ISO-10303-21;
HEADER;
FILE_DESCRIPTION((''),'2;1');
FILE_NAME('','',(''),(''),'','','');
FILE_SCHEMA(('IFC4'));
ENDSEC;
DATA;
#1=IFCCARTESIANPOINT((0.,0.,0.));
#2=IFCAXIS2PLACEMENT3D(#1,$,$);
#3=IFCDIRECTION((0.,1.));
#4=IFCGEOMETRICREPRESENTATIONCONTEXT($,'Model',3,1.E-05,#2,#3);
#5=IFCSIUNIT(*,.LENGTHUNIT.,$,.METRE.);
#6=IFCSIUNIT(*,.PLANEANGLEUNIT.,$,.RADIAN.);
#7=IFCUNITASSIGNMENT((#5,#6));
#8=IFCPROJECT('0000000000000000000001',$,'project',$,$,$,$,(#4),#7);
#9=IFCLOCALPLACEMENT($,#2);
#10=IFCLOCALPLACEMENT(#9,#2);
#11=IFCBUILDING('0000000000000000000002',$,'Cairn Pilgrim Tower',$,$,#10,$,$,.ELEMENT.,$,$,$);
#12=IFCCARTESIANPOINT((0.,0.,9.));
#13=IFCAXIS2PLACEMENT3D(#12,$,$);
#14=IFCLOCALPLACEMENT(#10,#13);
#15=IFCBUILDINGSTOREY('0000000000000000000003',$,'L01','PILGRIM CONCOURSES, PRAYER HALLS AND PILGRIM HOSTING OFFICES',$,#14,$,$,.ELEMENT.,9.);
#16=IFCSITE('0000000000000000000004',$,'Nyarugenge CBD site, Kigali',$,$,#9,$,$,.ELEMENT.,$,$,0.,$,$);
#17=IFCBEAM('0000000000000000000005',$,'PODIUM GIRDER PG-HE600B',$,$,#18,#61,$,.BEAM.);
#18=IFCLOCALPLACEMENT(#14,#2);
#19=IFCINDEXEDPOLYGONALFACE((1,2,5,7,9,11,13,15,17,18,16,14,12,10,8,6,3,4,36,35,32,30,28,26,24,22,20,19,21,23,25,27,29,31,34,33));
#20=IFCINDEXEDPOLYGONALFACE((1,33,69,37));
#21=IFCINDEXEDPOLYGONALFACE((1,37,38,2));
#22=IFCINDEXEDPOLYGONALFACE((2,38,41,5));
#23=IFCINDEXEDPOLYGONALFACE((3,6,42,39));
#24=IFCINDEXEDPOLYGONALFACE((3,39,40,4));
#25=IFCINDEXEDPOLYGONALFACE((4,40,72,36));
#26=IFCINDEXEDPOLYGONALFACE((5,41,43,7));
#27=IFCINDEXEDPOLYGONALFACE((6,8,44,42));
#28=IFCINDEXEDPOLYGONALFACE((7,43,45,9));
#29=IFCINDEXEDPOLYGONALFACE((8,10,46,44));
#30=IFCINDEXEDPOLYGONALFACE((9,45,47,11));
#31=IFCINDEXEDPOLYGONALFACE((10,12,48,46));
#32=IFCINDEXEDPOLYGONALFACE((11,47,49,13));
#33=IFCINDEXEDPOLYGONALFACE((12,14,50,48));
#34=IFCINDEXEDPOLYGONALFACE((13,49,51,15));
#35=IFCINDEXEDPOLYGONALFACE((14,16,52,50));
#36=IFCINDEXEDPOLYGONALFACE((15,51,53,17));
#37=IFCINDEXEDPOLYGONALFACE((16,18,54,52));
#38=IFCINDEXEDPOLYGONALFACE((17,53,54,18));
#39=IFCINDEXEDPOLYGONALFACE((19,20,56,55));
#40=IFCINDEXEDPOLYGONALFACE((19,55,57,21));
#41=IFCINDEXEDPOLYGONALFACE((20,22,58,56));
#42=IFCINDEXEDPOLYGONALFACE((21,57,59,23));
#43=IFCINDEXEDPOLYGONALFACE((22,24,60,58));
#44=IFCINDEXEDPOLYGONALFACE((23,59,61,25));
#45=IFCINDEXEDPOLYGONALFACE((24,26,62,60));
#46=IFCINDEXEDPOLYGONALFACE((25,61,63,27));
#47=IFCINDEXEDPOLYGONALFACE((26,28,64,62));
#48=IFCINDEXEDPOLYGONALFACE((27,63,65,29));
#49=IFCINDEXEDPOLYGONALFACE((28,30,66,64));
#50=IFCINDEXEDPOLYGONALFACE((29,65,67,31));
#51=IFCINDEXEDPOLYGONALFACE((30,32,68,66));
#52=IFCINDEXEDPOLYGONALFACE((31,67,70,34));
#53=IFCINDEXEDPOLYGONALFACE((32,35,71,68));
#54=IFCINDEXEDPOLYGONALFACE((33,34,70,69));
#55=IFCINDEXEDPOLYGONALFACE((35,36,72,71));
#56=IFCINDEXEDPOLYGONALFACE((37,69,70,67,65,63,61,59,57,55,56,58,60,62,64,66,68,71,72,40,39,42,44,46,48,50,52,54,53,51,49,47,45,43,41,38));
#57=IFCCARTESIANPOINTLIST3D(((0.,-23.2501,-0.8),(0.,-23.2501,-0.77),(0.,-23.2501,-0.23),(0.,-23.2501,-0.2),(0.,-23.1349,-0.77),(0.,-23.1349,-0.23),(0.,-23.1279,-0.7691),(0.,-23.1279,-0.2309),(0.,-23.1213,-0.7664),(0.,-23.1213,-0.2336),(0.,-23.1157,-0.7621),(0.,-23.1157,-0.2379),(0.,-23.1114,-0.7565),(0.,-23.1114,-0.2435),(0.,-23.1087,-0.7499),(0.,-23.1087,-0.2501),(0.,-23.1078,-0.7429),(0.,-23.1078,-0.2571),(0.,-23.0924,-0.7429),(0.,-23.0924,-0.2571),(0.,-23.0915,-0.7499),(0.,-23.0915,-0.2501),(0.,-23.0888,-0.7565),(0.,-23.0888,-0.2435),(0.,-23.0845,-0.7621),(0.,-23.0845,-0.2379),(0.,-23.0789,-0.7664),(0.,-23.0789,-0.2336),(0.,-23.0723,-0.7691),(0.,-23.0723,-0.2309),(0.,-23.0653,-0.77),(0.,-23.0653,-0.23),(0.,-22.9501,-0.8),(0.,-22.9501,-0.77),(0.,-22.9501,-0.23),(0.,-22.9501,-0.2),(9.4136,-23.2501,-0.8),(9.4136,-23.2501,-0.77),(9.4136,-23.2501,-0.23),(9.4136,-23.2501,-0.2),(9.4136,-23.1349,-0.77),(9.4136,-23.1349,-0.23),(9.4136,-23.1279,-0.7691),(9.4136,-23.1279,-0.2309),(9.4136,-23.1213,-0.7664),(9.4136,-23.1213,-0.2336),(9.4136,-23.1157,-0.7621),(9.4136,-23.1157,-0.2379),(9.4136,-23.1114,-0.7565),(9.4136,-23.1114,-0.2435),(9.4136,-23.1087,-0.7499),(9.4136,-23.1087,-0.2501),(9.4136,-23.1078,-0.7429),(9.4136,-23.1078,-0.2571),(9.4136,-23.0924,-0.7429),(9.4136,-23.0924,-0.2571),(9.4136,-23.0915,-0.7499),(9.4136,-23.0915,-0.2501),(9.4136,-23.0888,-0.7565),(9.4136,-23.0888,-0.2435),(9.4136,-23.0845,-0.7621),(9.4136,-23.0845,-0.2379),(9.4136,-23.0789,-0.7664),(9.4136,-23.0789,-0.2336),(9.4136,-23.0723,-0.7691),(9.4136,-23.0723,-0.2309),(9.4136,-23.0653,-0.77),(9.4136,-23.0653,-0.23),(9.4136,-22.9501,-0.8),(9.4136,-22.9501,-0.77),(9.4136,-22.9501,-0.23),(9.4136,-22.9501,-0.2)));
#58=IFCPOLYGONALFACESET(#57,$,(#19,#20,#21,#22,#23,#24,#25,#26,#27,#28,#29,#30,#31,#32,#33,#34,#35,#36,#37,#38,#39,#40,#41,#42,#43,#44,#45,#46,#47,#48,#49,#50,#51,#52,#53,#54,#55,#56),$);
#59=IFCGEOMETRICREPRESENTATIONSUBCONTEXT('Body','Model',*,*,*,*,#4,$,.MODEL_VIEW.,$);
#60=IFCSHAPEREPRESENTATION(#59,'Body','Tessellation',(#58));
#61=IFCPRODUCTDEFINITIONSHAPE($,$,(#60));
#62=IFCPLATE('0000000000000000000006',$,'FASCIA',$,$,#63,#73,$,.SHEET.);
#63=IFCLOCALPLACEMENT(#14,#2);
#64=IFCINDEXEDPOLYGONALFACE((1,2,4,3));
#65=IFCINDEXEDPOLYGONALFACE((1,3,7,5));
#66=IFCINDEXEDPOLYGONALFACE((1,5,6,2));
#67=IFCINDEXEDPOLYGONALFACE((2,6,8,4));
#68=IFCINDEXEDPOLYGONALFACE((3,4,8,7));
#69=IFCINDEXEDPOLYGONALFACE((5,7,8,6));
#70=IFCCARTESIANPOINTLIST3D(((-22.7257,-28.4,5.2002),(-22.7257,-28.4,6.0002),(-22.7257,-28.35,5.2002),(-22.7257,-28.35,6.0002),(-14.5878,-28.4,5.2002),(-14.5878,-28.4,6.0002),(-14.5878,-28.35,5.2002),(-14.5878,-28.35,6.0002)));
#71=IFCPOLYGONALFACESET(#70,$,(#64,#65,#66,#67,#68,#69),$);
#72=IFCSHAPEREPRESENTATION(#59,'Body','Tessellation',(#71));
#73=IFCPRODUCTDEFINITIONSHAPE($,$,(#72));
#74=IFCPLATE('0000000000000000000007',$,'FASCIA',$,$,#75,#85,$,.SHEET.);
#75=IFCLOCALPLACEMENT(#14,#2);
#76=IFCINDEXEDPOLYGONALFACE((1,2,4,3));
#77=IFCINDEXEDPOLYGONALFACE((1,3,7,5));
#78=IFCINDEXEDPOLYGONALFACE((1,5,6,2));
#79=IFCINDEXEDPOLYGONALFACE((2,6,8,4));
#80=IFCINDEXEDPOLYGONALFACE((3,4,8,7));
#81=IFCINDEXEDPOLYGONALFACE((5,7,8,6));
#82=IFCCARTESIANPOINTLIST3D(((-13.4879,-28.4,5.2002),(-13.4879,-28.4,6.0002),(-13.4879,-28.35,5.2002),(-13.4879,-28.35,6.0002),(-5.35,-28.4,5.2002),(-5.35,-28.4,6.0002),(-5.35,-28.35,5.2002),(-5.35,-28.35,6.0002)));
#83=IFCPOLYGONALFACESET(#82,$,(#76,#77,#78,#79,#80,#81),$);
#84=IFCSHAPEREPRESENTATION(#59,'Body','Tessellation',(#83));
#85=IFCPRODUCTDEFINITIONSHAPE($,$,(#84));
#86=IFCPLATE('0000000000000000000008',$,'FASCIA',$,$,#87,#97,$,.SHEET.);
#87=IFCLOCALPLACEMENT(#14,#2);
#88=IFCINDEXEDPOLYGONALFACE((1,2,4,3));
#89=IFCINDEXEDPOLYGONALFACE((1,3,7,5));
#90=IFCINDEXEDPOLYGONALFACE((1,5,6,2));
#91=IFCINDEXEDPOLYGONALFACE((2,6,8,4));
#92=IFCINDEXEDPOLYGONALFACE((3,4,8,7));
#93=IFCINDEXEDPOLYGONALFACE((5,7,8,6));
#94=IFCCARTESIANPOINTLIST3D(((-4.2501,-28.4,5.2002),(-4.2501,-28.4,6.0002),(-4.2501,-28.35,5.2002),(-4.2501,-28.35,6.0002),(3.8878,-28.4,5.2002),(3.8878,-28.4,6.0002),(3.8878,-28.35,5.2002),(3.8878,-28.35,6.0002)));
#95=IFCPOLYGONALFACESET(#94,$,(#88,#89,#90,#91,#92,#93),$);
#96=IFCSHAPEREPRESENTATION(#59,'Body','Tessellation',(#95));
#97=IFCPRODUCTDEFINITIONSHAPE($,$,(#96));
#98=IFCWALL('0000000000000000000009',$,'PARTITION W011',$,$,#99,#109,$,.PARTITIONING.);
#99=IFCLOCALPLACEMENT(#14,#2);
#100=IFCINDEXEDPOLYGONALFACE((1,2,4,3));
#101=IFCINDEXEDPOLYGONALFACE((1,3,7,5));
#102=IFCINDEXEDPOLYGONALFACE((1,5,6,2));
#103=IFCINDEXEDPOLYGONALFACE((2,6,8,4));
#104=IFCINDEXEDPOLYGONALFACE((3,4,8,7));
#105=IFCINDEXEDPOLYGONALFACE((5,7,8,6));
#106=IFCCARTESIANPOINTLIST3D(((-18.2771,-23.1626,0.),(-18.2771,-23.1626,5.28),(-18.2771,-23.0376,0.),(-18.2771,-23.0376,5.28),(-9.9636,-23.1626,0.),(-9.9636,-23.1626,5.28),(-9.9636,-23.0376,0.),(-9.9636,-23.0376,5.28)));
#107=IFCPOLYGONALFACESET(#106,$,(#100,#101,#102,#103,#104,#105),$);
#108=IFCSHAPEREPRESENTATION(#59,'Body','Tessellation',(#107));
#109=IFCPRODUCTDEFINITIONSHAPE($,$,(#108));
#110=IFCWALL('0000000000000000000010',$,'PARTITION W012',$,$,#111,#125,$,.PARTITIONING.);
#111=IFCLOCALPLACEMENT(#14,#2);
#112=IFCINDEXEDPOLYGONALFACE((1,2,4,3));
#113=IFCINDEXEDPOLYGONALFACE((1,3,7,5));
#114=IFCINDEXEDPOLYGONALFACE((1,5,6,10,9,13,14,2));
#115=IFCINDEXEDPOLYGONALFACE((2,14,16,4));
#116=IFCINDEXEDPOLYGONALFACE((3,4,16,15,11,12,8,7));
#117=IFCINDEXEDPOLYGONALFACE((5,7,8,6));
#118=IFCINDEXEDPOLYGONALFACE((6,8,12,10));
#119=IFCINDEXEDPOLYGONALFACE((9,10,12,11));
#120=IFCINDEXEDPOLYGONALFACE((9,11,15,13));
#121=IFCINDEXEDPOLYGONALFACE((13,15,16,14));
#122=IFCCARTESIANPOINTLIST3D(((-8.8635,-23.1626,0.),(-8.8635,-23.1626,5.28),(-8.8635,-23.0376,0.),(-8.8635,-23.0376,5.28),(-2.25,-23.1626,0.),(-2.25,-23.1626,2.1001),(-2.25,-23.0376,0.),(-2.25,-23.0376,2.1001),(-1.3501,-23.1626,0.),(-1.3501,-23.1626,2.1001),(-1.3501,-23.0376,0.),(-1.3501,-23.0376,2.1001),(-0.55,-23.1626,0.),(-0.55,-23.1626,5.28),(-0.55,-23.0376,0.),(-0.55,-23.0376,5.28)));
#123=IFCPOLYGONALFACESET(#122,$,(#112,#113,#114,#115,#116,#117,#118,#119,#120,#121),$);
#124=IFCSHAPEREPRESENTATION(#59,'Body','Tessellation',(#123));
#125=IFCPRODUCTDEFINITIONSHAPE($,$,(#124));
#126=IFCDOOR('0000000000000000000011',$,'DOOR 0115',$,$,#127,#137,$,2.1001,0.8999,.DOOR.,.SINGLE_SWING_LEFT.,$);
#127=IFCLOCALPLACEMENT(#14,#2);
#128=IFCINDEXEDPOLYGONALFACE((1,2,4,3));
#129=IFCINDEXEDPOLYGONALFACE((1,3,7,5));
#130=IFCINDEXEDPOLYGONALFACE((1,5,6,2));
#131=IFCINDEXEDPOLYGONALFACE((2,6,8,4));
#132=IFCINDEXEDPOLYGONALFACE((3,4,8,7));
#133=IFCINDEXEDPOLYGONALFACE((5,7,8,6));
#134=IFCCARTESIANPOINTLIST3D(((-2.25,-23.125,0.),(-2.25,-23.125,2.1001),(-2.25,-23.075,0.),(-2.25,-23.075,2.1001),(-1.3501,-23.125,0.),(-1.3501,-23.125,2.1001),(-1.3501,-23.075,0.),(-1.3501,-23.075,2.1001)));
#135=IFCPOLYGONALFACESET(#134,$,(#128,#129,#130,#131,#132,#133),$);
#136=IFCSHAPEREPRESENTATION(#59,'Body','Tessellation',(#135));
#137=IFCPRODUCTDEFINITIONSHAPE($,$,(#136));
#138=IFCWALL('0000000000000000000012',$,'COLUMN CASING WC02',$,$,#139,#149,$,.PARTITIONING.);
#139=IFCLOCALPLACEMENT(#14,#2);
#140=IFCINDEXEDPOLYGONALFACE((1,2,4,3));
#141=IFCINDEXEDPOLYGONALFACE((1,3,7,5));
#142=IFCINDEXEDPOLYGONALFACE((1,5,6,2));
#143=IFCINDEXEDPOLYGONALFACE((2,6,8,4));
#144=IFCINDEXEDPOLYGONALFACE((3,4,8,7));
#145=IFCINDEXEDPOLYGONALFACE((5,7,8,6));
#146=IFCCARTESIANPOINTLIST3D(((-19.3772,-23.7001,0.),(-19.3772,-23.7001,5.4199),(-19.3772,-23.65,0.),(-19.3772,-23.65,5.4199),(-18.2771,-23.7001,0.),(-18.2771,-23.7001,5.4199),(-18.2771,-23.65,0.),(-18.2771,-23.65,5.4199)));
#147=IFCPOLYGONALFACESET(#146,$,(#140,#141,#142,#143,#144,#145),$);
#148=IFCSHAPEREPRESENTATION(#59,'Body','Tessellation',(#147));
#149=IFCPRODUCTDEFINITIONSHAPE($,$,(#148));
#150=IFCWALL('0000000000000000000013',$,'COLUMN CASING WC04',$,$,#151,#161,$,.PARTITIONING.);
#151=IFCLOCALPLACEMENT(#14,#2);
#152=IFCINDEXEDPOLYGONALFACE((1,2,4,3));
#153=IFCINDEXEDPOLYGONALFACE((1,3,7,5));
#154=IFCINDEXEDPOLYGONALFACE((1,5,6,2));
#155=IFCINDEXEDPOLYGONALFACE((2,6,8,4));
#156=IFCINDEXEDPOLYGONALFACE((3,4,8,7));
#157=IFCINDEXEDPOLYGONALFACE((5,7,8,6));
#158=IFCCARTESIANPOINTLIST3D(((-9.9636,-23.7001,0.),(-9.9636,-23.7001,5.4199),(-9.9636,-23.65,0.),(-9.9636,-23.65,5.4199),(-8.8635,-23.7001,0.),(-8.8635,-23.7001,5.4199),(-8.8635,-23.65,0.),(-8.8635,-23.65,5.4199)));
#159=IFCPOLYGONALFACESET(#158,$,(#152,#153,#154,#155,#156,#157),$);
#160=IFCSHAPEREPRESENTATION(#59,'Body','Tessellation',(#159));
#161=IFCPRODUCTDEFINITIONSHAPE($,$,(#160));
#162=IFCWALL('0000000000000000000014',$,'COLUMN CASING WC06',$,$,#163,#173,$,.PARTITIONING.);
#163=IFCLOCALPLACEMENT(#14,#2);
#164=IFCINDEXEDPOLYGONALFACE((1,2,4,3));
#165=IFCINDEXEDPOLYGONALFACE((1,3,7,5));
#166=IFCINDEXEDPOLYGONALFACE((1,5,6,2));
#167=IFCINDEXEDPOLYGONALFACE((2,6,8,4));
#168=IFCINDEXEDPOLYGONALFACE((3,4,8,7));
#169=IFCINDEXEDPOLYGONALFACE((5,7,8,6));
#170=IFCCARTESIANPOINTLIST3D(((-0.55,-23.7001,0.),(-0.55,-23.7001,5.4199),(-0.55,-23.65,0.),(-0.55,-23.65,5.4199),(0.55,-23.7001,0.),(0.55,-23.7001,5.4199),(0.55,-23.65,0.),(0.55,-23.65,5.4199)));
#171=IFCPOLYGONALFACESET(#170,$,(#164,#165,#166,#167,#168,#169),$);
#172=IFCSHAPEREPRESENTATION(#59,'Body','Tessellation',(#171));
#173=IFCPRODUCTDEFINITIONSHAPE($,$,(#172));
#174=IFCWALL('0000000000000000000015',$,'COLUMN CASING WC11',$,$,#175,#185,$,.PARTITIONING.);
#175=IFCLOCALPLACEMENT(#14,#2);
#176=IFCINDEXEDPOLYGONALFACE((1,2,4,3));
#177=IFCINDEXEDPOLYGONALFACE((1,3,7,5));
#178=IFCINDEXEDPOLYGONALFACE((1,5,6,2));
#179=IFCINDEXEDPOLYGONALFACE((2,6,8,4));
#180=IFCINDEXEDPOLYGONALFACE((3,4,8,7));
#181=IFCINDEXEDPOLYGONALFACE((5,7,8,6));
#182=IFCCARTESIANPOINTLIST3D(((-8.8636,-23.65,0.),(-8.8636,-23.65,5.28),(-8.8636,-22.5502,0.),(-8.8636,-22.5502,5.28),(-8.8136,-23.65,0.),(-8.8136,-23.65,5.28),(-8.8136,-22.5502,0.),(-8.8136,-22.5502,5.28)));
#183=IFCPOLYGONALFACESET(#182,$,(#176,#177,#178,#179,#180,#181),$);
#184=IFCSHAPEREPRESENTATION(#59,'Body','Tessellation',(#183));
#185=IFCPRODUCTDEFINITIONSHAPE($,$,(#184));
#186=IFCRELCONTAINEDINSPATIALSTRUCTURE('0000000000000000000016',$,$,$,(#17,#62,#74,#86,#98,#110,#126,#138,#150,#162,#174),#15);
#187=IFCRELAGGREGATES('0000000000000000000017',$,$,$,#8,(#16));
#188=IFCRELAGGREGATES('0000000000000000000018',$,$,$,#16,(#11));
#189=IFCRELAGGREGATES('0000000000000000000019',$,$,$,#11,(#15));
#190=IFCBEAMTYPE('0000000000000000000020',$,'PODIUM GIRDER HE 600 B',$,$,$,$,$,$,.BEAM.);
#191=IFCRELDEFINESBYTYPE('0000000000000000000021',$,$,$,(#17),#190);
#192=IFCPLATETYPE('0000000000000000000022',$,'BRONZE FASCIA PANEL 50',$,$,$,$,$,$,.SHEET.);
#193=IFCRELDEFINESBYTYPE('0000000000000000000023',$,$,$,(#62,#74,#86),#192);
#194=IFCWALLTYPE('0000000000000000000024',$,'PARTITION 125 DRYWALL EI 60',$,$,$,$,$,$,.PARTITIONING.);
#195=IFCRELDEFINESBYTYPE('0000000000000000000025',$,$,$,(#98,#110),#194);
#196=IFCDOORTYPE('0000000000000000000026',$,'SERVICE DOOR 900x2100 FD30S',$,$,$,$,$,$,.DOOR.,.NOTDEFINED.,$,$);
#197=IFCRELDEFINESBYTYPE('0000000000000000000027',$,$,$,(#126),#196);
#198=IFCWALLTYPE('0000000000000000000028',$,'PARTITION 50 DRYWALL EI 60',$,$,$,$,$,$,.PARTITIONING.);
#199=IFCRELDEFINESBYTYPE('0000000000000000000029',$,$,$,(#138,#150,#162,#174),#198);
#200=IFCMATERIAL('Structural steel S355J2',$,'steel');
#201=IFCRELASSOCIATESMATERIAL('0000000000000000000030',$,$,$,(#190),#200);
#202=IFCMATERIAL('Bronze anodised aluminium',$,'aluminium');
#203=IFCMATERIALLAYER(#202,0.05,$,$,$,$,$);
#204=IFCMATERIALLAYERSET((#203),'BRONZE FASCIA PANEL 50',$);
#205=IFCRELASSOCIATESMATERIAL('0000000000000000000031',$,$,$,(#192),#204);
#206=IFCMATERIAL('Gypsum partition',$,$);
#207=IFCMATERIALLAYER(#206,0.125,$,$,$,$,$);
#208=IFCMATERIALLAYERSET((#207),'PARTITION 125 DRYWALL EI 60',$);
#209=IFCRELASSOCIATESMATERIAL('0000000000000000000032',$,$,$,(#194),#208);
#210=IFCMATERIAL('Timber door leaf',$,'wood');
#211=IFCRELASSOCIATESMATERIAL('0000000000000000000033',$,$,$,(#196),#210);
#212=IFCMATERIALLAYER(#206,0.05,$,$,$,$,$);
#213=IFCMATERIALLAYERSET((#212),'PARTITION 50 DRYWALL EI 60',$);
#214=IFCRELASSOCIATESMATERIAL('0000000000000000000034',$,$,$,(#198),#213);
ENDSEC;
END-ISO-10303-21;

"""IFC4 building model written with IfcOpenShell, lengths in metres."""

from ifc_helpers import new_model, si_unit, direction, frame, frame_2d, origin, origin_2d, place, context, subcontext, project, spatial, rectangle, i_section, extrude, material, layer, layer_set, material_profile, profile_set, type_object, element, fill, save


model = new_model("IFC4")

# Units and contexts
model_context = context("Model", 3, precision=1e-05, world=origin(), true_north=direction((0.0, 1.0)))
body_context = subcontext(model_context, "Body", "Model", "MODEL_VIEW")
ifc_project = project(units=[si_unit("LENGTHUNIT", "METRE"), si_unit("PLANEANGLEUNIT", "RADIAN")], contexts=[model_context])

# Site, building, storey
site_placement = place(None, origin())
site = spatial("IfcSite", under=ifc_project, at=site_placement, Name="Nyarugenge CBD site, Kigali", CompositionType="ELEMENT", RefElevation=0.0)
building_placement = place(site_placement, origin())
building = spatial("IfcBuilding", under=site, at=building_placement, Name="Cairn Pilgrim Tower", CompositionType="ELEMENT")
storey_placement = place(building_placement, frame((0.0, 0.0, 9.0)))
storey = spatial("IfcBuildingStorey", under=building, at=storey_placement, Name="L01", Description="PILGRIM CONCOURSES, PRAYER HALLS AND PILGRIM HOSTING OFFICES", CompositionType="ELEMENT", Elevation=9.0)

# Beam
ifc_material_1 = material(Name="Structural steel S355J2", Category="steel")
ifc_material_profile_1 = material_profile(ifc_material_1, i_section(OverallWidth=0.3, OverallDepth=0.6001, WebThickness=0.0154, FlangeThickness=0.03, FilletRadius=0.0271, at=origin_2d()), Name="HEB 600")
ifc_profile_set_1 = profile_set([ifc_material_profile_1], Name="Structural steel S355J2")
beam_type_1 = type_object("IfcBeamType", Name="PODIUM GIRDER HE 600 B", PredefinedType="BEAM", material=ifc_profile_set_1)
for number, where, z_axis, x_axis, name in (
    (1, (0.0, -23.1001, -0.5), (1.0, 0.0, 0.0), (0.0, 1.0, 0.0), "PODIUM GIRDER PG-HE600B"),
):
    element("IfcBeam", number, at=place(storey_placement, frame(where, z_axis=z_axis, x_axis=x_axis)), inside=storey, type_object=beam_type_1, Name=name, PredefinedType="BEAM", context=body_context, shape_type="SweptSolid", body=[
        extrude(i_section(OverallWidth=0.3, OverallDepth=0.6001, WebThickness=0.0154, FlangeThickness=0.03, FilletRadius=0.0271, at=origin_2d()), origin(), (0.0, 0.0, 1.0), 9.4136),
    ])

# Plates
ifc_material_2 = material(Name="Bronze anodised aluminium", Category="aluminium")
ifc_layer_1 = layer(ifc_material_2, 0.05)
ifc_layer_set_1 = layer_set([ifc_layer_1], Name="BRONZE FASCIA PANEL 50")
plate_type = type_object("IfcPlateType", Name="BRONZE FASCIA PANEL 50", PredefinedType="SHEET", material=ifc_layer_set_1)
for number, where, z_axis, x_axis, name in (
    (2, (-18.6567, -28.375, 5.2002), (0.0, 0.0, 1.0), (1.0, 0.0, 0.0), "FASCIA"),
    (3, (-9.4189, -28.375, 5.2002), (0.0, 0.0, 1.0), (1.0, 0.0, 0.0), "FASCIA"),
    (4, (-0.1812, -28.375, 5.2002), (0.0, 0.0, 1.0), (1.0, 0.0, 0.0), "FASCIA"),
):
    element("IfcPlate", number, at=place(storey_placement, frame(where, z_axis=z_axis, x_axis=x_axis)), inside=storey, type_object=plate_type, Name=name, PredefinedType="SHEET", context=body_context, shape_type="SweptSolid", body=[
        extrude(rectangle(XDim=8.1379, YDim=0.05, at=origin_2d()), origin(), (0.0, 0.0, 1.0), 0.8),
    ])

# Wall
ifc_material_3 = material(Name="Gypsum partition")
ifc_layer_2 = layer(ifc_material_3, 0.125)
ifc_layer_set_2 = layer_set([ifc_layer_2], Name="PARTITION 125 DRYWALL EI 60")
wall_type_1 = type_object("IfcWallType", Name="PARTITION 125 DRYWALL EI 60", PredefinedType="PARTITIONING", material=ifc_layer_set_2)
wall_1_placement = place(storey_placement, frame((-18.2771, -23.1001, 0.0), z_axis=(0.0, 0.0, 1.0), x_axis=(1.0, 0.0, 0.0)))
element("IfcWall", 5, at=wall_1_placement, inside=storey, type_object=wall_type_1, Name="PARTITION W011", PredefinedType="PARTITIONING", context=body_context, shape_type="SweptSolid", body=[
    extrude(rectangle(XDim=8.3135, YDim=0.125, at=frame_2d((4.1567, 0.0))), origin(), (0.0, 0.0, 1.0), 5.28),
])

# Wall, opening, door
wall_2_placement = place(storey_placement, frame((-8.8635, -23.1001, 0.0), z_axis=(0.0, 0.0, 1.0), x_axis=(1.0, 0.0, 0.0)))
wall_2 = element("IfcWall", 6, at=wall_2_placement, inside=storey, type_object=wall_type_1, Name="PARTITION W012", PredefinedType="PARTITIONING", context=body_context, shape_type="SweptSolid", body=[
    extrude(rectangle(XDim=8.3135, YDim=0.125, at=frame_2d((4.1567, 0.0))), origin(), (0.0, 0.0, 1.0), 5.28),
])
opening_1_placement = place(wall_2_placement, frame((6.6135, 0.0, 0.0)))
opening_1 = element("IfcOpeningElement", 7, at=opening_1_placement, cuts=wall_2, PredefinedType="OPENING", context=body_context, shape_type="SweptSolid", body=[
    extrude(rectangle(XDim=0.8999, YDim=2.1001, at=frame_2d((0.45, 1.05))), frame((0.0, 0.0725, 0.0), z_axis=(0.0, -1.0, 0.0), x_axis=(1.0, 0.0, 0.0)), (0.0, 0.0, 1.0), 0.145),
])
ifc_material_4 = material(Name="Timber door leaf", Category="wood")
door_type = type_object("IfcDoorType", Name="SERVICE DOOR 900x2100 FD30S", OperationType="NOTDEFINED", PredefinedType="DOOR", material=ifc_material_4)
door_placement = place(opening_1_placement, frame((0.8999, 0.0, 0.0), z_axis=(0.0, 0.0, 1.0), x_axis=(-1.0, 0.0, 0.0)))
door = element("IfcDoor", 8, at=door_placement, inside=storey, type_object=door_type, Name="DOOR 0115", OperationType="SINGLE_SWING_LEFT", OverallHeight=2.1001, OverallWidth=0.8999, PredefinedType="DOOR", context=body_context, shape_type="SweptSolid", body=[
    extrude(rectangle(XDim=0.8999, YDim=2.1001, at=frame_2d((0.45, 1.05))), frame((0.0, 0.0249, 0.0), z_axis=(0.0, -1.0, 0.0), x_axis=(1.0, 0.0, 0.0)), (0.0, 0.0, 1.0), 0.05),
])
fill(opening_1, door)

# Walls
ifc_layer_3 = layer(ifc_material_3, 0.05)
ifc_layer_set_3 = layer_set([ifc_layer_3], Name="PARTITION 50 DRYWALL EI 60")
wall_type_2 = type_object("IfcWallType", Name="PARTITION 50 DRYWALL EI 60", PredefinedType="PARTITIONING", material=ifc_layer_set_3)
for number, where, z_axis, x_axis, name in (
    (9, (-19.3772, -23.675, 0.0), (0.0, 0.0, 1.0), (1.0, 0.0, 0.0), "COLUMN CASING WC02"),
    (10, (-9.9636, -23.675, 0.0), (0.0, 0.0, 1.0), (1.0, 0.0, 0.0), "COLUMN CASING WC04"),
    (11, (-0.55, -23.675, 0.0), (0.0, 0.0, 1.0), (1.0, 0.0, 0.0), "COLUMN CASING WC06"),
):
    element("IfcWall", number, at=place(storey_placement, frame(where, z_axis=z_axis, x_axis=x_axis)), inside=storey, type_object=wall_type_2, Name=name, PredefinedType="PARTITIONING", context=body_context, shape_type="SweptSolid", body=[
        extrude(rectangle(XDim=1.1001, YDim=0.05, at=frame_2d((0.55, 0.0))), origin(), (0.0, 0.0, 1.0), 5.4199),
    ])
wall_3_placement = place(storey_placement, frame((-8.8386, -23.6499, 0.0), z_axis=(0.0, 0.0, 1.0), x_axis=(0.0, 1.0, 0.0)))
element("IfcWall", 12, at=wall_3_placement, inside=storey, type_object=wall_type_2, Name="COLUMN CASING WC11", PredefinedType="PARTITIONING", context=body_context, shape_type="SweptSolid", body=[
    extrude(rectangle(XDim=1.0999, YDim=0.05, at=frame_2d((0.5498, 0.0))), origin(), (0.0, 0.0, 1.0), 5.28),
])

save(model, "model.ifc")
